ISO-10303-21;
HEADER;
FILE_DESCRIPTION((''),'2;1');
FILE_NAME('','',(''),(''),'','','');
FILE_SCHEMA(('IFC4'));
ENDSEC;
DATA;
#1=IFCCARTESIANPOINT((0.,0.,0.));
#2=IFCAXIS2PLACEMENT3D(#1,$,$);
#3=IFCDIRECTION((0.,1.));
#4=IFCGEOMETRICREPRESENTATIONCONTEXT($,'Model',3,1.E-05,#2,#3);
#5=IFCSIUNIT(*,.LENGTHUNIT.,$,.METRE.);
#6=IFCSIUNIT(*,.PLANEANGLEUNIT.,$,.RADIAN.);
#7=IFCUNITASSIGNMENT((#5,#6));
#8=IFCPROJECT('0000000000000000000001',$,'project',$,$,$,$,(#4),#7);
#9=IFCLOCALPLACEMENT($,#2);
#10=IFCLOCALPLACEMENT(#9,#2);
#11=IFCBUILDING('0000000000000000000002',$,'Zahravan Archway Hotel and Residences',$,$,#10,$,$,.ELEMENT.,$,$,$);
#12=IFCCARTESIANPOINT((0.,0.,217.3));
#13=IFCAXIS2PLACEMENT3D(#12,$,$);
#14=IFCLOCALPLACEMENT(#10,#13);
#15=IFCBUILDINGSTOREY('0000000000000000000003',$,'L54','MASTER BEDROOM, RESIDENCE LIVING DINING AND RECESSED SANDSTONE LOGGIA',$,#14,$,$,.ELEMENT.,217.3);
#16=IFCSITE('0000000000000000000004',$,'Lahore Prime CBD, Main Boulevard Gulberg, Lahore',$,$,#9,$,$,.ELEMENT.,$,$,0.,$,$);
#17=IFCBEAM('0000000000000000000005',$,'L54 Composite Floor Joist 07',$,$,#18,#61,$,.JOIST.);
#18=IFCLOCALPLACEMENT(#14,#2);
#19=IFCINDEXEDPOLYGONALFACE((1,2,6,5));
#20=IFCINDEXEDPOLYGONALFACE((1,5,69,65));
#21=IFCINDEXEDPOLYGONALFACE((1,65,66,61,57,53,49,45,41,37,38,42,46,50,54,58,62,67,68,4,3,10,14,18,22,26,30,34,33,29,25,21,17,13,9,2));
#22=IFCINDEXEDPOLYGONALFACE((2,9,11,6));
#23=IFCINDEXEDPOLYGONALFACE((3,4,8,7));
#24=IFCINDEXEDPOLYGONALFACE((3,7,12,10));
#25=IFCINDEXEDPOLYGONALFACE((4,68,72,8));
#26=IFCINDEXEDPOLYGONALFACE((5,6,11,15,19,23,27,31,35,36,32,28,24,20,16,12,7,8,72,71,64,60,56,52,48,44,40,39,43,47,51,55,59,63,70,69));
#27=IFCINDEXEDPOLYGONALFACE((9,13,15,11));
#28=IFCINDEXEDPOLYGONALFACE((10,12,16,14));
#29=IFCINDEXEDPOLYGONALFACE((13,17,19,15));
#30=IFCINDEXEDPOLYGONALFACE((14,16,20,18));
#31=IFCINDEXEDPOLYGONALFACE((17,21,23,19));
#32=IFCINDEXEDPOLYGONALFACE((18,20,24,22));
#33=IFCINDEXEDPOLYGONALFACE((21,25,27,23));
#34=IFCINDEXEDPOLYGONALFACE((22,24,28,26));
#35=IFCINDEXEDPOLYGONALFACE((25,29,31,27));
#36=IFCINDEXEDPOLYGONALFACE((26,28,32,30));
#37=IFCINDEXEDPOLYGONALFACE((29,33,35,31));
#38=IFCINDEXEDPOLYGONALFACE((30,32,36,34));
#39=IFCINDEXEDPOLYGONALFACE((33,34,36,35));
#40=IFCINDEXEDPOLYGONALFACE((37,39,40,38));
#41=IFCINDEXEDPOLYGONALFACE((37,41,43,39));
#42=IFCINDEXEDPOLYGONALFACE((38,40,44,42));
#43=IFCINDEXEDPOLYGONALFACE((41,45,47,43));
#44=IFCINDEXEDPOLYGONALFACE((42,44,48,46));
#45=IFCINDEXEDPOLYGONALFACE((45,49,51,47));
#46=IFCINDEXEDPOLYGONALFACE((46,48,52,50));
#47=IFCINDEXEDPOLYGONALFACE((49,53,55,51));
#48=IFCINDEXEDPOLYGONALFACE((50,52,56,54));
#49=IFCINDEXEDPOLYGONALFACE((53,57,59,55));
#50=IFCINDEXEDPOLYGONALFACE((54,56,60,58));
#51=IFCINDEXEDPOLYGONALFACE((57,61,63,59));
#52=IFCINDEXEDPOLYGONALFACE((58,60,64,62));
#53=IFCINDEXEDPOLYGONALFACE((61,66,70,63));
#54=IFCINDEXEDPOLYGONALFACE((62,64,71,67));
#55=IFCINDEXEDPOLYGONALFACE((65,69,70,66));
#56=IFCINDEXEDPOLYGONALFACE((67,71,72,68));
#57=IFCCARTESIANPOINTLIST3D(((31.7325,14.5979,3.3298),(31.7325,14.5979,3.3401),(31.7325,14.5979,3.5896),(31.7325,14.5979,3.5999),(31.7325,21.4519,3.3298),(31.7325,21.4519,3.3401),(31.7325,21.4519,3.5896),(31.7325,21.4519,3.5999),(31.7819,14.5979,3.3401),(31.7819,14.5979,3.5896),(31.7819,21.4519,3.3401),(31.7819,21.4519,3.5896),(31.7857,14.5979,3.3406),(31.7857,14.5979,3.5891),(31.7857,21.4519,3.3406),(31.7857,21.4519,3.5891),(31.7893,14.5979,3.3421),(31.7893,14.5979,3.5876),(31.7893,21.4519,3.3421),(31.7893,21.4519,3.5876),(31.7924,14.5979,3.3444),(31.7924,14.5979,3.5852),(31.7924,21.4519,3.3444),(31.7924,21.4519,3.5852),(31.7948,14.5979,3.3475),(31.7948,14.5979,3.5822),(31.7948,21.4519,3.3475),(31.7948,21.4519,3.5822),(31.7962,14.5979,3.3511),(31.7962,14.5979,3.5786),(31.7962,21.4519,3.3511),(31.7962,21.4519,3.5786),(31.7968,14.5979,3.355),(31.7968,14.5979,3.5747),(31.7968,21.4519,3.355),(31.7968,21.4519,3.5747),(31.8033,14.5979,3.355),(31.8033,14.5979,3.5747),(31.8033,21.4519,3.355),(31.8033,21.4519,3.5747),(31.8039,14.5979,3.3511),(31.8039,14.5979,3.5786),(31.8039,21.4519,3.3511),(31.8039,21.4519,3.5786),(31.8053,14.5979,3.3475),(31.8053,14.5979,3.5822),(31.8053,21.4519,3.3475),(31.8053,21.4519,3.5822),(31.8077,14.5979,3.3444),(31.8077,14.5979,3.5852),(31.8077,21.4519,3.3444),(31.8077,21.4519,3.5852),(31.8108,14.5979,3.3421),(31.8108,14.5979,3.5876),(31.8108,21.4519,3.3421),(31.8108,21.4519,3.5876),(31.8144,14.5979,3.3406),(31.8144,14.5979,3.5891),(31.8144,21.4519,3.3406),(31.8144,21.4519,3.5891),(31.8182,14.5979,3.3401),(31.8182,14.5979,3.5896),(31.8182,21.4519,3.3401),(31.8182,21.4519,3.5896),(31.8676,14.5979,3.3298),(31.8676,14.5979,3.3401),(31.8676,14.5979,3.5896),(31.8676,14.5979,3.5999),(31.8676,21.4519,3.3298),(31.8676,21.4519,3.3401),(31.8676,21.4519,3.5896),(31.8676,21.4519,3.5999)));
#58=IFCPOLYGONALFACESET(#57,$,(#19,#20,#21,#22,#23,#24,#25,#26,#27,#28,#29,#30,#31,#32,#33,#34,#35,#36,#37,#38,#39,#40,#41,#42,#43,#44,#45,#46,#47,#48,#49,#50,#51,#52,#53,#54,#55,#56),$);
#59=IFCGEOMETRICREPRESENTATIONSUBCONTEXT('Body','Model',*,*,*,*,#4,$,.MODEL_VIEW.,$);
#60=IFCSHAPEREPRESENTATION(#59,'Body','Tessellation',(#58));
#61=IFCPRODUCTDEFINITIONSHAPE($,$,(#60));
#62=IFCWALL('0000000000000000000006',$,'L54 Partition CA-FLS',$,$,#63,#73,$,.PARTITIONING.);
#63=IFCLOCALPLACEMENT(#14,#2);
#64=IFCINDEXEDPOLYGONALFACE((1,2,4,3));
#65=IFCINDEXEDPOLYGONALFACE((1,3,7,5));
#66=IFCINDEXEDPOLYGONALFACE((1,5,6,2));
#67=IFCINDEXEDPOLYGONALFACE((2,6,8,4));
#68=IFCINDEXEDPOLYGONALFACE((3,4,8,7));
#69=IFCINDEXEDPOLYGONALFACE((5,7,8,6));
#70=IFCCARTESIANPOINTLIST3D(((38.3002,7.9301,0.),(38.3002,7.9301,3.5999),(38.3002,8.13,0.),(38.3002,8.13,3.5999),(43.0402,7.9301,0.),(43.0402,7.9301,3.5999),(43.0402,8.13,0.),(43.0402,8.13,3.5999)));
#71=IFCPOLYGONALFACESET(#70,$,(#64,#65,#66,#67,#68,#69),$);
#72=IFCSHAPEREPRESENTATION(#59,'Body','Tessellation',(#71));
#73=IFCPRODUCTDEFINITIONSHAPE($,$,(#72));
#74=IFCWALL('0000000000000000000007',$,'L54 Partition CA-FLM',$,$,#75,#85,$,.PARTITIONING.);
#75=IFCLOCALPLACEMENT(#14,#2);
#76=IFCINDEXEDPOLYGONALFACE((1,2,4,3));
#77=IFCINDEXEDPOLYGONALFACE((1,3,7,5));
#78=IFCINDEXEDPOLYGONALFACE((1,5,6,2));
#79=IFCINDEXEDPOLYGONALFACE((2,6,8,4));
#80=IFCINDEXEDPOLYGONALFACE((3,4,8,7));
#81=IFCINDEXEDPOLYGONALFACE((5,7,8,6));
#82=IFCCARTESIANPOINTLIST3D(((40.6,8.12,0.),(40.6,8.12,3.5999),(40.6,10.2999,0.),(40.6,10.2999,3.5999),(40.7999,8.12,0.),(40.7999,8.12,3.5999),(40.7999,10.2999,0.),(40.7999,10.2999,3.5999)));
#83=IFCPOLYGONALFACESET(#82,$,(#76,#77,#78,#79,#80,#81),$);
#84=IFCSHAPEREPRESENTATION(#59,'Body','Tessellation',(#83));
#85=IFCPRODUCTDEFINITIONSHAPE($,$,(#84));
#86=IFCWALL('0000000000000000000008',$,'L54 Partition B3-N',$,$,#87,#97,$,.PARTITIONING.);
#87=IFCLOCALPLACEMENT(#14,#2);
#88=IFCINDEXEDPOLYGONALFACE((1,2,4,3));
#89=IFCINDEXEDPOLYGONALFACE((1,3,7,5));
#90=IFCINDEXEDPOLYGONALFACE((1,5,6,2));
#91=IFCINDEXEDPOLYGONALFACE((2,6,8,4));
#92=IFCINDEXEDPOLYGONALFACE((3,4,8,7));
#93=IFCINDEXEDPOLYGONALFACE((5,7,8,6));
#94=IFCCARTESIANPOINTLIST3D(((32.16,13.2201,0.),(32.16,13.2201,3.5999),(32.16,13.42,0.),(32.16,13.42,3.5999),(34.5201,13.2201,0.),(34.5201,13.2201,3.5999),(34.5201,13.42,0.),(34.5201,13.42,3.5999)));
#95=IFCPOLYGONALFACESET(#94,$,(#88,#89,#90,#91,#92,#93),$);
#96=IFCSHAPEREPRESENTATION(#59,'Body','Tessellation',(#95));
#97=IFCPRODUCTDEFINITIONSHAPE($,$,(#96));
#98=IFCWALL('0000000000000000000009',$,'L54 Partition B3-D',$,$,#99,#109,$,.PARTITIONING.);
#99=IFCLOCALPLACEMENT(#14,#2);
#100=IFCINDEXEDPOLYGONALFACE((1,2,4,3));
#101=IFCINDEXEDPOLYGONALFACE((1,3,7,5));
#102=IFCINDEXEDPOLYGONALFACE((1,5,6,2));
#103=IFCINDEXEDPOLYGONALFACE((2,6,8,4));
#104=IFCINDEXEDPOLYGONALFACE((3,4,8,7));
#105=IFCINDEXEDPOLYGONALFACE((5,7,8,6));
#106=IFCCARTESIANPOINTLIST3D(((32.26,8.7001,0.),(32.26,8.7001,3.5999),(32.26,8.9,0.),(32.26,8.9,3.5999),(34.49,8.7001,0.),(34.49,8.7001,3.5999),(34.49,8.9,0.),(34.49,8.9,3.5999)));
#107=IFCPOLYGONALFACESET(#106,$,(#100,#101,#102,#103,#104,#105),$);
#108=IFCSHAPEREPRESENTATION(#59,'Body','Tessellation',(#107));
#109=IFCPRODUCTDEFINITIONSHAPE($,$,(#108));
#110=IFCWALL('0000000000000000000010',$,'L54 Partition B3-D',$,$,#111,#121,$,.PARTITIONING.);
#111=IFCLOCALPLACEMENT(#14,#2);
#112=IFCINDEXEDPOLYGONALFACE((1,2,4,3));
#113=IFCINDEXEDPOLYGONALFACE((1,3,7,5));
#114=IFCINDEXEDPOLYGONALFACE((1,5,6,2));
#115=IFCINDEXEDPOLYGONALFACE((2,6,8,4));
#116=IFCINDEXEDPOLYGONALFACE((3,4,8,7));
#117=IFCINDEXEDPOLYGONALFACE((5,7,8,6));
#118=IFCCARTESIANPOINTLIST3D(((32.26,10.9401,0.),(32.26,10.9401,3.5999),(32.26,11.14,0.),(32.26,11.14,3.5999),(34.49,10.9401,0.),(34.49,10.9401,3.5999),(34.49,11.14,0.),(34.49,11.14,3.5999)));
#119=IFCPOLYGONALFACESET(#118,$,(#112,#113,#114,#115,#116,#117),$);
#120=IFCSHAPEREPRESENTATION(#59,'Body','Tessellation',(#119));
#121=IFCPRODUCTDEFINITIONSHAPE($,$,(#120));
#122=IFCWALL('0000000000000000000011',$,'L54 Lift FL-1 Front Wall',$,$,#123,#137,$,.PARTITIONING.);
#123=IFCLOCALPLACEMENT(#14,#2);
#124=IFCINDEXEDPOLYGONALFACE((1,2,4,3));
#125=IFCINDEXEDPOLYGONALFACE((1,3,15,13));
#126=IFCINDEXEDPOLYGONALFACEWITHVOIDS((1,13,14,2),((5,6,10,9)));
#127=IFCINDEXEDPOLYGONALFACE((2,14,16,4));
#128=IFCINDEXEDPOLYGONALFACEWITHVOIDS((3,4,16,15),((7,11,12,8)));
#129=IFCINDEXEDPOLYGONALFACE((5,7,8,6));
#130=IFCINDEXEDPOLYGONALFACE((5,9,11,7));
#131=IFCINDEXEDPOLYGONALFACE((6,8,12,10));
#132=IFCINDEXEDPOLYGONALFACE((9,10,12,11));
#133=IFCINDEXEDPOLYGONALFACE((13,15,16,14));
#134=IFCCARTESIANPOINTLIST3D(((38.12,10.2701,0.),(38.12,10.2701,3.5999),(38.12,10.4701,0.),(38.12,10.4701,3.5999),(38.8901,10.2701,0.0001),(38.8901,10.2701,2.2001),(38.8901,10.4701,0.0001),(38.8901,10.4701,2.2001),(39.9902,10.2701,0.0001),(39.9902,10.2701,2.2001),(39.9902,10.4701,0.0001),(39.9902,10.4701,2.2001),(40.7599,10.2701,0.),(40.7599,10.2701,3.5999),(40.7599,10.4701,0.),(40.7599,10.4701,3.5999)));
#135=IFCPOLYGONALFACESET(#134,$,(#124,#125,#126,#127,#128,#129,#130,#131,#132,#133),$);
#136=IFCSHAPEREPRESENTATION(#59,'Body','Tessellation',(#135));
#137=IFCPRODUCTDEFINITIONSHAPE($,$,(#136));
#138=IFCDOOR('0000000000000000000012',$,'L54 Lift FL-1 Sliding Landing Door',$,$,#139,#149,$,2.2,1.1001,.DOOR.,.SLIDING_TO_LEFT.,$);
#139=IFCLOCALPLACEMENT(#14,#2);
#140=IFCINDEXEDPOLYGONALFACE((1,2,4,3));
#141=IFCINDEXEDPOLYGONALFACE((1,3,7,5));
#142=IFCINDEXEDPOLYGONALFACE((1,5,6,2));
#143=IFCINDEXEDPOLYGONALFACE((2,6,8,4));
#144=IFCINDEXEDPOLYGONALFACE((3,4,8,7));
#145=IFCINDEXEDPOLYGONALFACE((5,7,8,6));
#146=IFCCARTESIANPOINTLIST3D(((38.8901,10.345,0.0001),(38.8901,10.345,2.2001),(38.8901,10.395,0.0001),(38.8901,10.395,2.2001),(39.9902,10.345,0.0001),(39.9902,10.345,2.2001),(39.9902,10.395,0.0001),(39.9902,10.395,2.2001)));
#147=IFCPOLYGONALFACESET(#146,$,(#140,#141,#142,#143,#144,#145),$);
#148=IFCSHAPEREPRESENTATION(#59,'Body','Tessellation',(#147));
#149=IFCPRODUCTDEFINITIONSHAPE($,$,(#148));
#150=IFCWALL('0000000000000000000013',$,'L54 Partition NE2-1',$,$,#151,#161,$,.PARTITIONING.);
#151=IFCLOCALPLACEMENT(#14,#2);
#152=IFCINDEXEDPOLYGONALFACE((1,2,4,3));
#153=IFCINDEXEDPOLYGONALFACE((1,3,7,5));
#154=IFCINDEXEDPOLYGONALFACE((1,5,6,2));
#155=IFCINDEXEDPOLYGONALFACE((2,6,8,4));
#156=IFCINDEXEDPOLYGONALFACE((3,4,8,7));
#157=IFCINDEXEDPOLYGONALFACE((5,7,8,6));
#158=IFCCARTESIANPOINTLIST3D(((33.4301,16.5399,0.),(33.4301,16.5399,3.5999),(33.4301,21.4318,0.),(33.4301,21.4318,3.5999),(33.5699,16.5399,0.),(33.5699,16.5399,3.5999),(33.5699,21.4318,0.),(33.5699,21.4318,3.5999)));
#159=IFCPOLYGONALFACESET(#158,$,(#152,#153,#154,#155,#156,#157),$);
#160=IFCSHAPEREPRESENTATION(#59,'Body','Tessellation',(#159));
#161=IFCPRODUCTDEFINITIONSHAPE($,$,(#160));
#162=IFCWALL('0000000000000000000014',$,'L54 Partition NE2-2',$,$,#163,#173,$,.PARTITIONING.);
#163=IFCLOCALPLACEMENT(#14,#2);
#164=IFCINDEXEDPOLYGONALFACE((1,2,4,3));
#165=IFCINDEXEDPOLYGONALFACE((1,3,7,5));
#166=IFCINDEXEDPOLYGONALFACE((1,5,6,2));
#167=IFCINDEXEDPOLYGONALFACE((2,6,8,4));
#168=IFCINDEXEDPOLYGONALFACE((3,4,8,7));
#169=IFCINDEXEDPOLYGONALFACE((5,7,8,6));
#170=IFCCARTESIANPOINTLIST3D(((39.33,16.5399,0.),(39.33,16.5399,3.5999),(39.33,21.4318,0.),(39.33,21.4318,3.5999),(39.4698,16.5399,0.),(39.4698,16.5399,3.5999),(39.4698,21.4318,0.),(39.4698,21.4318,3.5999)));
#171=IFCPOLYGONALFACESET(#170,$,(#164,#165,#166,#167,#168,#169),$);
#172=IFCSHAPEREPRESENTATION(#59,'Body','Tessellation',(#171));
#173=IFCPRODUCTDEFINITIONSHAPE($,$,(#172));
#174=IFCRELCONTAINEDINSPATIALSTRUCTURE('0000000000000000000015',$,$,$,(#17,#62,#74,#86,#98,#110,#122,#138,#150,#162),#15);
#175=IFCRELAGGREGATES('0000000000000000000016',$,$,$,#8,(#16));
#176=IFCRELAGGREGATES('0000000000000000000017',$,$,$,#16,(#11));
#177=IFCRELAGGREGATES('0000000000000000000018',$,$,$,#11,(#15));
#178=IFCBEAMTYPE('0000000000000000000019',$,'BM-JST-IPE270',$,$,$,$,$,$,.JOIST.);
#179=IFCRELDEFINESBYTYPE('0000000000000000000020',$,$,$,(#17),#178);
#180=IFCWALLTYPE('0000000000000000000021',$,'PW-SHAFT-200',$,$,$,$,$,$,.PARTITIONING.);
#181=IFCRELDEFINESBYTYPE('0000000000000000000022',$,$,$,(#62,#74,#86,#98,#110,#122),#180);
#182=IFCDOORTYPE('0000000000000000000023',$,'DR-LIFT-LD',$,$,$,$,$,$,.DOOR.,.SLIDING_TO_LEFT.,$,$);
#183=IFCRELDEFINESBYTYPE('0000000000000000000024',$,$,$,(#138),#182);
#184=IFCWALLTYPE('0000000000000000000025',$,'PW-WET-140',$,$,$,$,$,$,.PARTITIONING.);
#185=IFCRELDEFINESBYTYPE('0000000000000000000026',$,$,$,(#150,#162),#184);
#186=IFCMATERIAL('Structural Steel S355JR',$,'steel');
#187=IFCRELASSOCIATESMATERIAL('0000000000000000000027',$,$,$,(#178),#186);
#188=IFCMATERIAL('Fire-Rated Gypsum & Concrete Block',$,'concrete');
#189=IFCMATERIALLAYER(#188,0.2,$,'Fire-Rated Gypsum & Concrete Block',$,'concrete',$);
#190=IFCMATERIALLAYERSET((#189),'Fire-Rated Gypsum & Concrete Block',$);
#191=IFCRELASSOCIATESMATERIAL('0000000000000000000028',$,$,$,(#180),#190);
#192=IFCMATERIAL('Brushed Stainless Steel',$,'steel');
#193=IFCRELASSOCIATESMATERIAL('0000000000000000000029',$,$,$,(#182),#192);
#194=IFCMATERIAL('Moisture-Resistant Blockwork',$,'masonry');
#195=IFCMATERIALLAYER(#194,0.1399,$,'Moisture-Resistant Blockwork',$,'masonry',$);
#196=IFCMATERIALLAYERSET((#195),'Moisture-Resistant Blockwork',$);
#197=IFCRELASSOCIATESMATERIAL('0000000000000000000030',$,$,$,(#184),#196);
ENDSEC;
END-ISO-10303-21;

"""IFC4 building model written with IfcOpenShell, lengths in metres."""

from ifc_helpers import new_model, si_unit, direction, frame, frame_2d, origin, origin_2d, place, context, subcontext, project, spatial, rectangle, i_section, extrude, source, transform, mapped, material, layer, layer_set, material_profile, profile_set, type_object, type_shapes, element, fill, save


model = new_model("IFC4")

# Units and contexts
model_context = context("Model", 3, precision=1e-05, world=origin(), true_north=direction((0.0, 1.0)))
body_context = subcontext(model_context, "Body", "Model", "MODEL_VIEW")
ifc_project = project(units=[si_unit("LENGTHUNIT", "METRE"), si_unit("PLANEANGLEUNIT", "RADIAN")], contexts=[model_context])

# Site, building, storey
site_placement = place(None, origin())
site = spatial("IfcSite", under=ifc_project, at=site_placement, Name="Lahore Prime CBD, Main Boulevard Gulberg, Lahore", CompositionType="ELEMENT", RefElevation=0.0)
building_placement = place(site_placement, origin())
building = spatial("IfcBuilding", under=site, at=building_placement, Name="Zahravan Archway Hotel and Residences", CompositionType="ELEMENT")
storey_placement = place(building_placement, frame((0.0, 0.0, 217.3)))
storey = spatial("IfcBuildingStorey", under=building, at=storey_placement, Name="L54", Description="MASTER BEDROOM, RESIDENCE LIVING DINING AND RECESSED SANDSTONE LOGGIA", CompositionType="ELEMENT", Elevation=217.3)

# Beam
ifc_material_1 = material(Name="Structural Steel S355JR", Category="steel")
ifc_material_profile_1 = material_profile(ifc_material_1, i_section(OverallWidth=0.135, OverallDepth=0.27, WebThickness=0.0066, FlangeThickness=0.0103, FilletRadius=0.0149, at=origin_2d()), Name="IPE 270", Category="steel")
ifc_profile_set_1 = profile_set([ifc_material_profile_1], Name="Structural Steel S355JR")
beam_type_1 = type_object("IfcBeamType", Name="BM-JST-IPE270", PredefinedType="JOIST", material=ifc_profile_set_1)
shared_shape_1 = source(origin(), body_context, "Body", "SweptSolid", [
    extrude(i_section(OverallWidth=0.135, OverallDepth=0.27, WebThickness=0.0066, FlangeThickness=0.0103, FilletRadius=0.0149, at=origin_2d()), origin(), (0.0, 0.0, 1.0), 6.854),
])
for number, where, z_axis, x_axis, name in (
    (1, (31.8, 14.5979, 3.4648), (0.0, 1.0, 0.0), (-1.0, 0.0, 0.0), "L54 Composite Floor Joist 07"),
):
    element("IfcBeam", number, at=place(storey_placement, frame(where, z_axis=z_axis, x_axis=x_axis)), inside=storey, type_object=beam_type_1, Name=name, PredefinedType="JOIST", context=body_context, shape_type="MappedRepresentation", body=[
        mapped(shared_shape_1, transform((0.0, 0.0, 0.0), scale=1.0)),
    ])

# Shared definitions
ifc_material_2 = material(Name="Fire-Rated Gypsum & Concrete Block", Category="concrete")

# Walls
ifc_layer_1 = layer(ifc_material_2, 0.2, Name="Fire-Rated Gypsum & Concrete Block", Category="concrete")
ifc_layer_set_1 = layer_set([ifc_layer_1], Name="Fire-Rated Gypsum & Concrete Block")
wall_type_1 = type_object("IfcWallType", Name="PW-SHAFT-200", PredefinedType="PARTITIONING", material=ifc_layer_set_1)
wall_1_placement = place(storey_placement, frame((38.3, 8.03, 0.0), z_axis=(0.0, 0.0, 1.0), x_axis=(1.0, 0.0, 0.0)))
element("IfcWall", 2, at=wall_1_placement, inside=storey, type_object=wall_type_1, Name="L54 Partition CA-FLS", PredefinedType="PARTITIONING", context=body_context, shape_type="SweptSolid", body=[
    extrude(rectangle(XDim=4.74, YDim=0.2, at=frame_2d((2.3701, 0.0))), origin(), (0.0, 0.0, 1.0), 3.5999),
])
wall_2_placement = place(storey_placement, frame((40.7, 8.1201, 0.0), z_axis=(0.0, 0.0, 1.0), x_axis=(0.0, 1.0, 0.0)))
element("IfcWall", 3, at=wall_2_placement, inside=storey, type_object=wall_type_1, Name="L54 Partition CA-FLM", PredefinedType="PARTITIONING", context=body_context, shape_type="SweptSolid", body=[
    extrude(rectangle(XDim=2.1799, YDim=0.2, at=frame_2d((1.0898, 0.0))), origin(), (0.0, 0.0, 1.0), 3.5999),
])
wall_3_placement = place(storey_placement, frame((32.1599, 13.3201, 0.0), z_axis=(0.0, 0.0, 1.0), x_axis=(1.0, 0.0, 0.0)))
element("IfcWall", 4, at=wall_3_placement, inside=storey, type_object=wall_type_1, Name="L54 Partition B3-N", PredefinedType="PARTITIONING", context=body_context, shape_type="SweptSolid", body=[
    extrude(rectangle(XDim=2.3601, YDim=0.2, at=frame_2d((1.1802, 0.0))), origin(), (0.0, 0.0, 1.0), 3.5999),
])
for number, where, z_axis, x_axis, name in (
    (5, (32.26, 8.8, 0.0), (0.0, 0.0, 1.0), (1.0, 0.0, 0.0), "L54 Partition B3-D"),
    (6, (32.26, 11.04, 0.0), (0.0, 0.0, 1.0), (1.0, 0.0, 0.0), "L54 Partition B3-D"),
):
    element("IfcWall", number, at=place(storey_placement, frame(where, z_axis=z_axis, x_axis=x_axis)), inside=storey, type_object=wall_type_1, Name=name, PredefinedType="PARTITIONING", context=body_context, shape_type="SweptSolid", body=[
        extrude(rectangle(XDim=2.23, YDim=0.2, at=frame_2d((1.115, 0.0))), origin(), (0.0, 0.0, 1.0), 3.5999),
    ])

# Wall, opening, door
wall_4_placement = place(storey_placement, frame((38.1201, 10.3701, 0.0), z_axis=(0.0, 0.0, 1.0), x_axis=(1.0, 0.0, 0.0)))
wall_4 = element("IfcWall", 7, at=wall_4_placement, inside=storey, type_object=wall_type_1, Name="L54 Lift FL-1 Front Wall", PredefinedType="PARTITIONING", context=body_context, shape_type="SweptSolid", body=[
    extrude(rectangle(XDim=2.6399, YDim=0.2, at=frame_2d((1.3198, 0.0))), origin(), (0.0, 0.0, 1.0), 3.5999),
])
opening_1_placement = place(wall_4_placement, frame((0.77, 0.0, 0.0)))
opening_1 = element("IfcOpeningElement", 8, at=opening_1_placement, cuts=wall_4, PredefinedType="OPENING", context=body_context, shape_type="SweptSolid", body=[
    extrude(rectangle(XDim=1.1001, YDim=2.2, at=frame_2d((0.55, 1.1001))), frame((0.0, 0.1099, 0.0), z_axis=(0.0, -1.0, 0.0), x_axis=(1.0, 0.0, 0.0)), (0.0, 0.0, 1.0), 0.22),
])
ifc_material_3 = material(Name="Brushed Stainless Steel", Category="steel")
door_type_1 = type_object("IfcDoorType", Name="DR-LIFT-LD", OperationType="SLIDING_TO_LEFT", PredefinedType="DOOR", material=ifc_material_3)
shared_shape_2 = source(origin(), body_context, "Body", "SweptSolid", [
    extrude(rectangle(XDim=1.1001, YDim=2.2, at=frame_2d((0.55, 1.1001))), frame((0.0, 0.0249, 0.0), z_axis=(0.0, -1.0, 0.0), x_axis=(1.0, 0.0, 0.0)), (0.0, 0.0, 1.0), 0.05),
])
type_shapes(door_type_1, [shared_shape_2])
door_1_placement = place(opening_1_placement, origin())
door_1 = element("IfcDoor", 9, at=door_1_placement, inside=storey, type_object=door_type_1, Name="L54 Lift FL-1 Sliding Landing Door", OperationType="SLIDING_TO_LEFT", OverallHeight=2.2, OverallWidth=1.1001, PredefinedType="DOOR", context=body_context, shape_type="MappedRepresentation", body=[
    mapped(shared_shape_2, transform((0.0, 0.0, 0.0), scale=1.0)),
])
fill(opening_1, door_1)

# Walls
ifc_material_4 = material(Name="Moisture-Resistant Blockwork", Category="masonry")
ifc_layer_2 = layer(ifc_material_4, 0.1399, Name="Moisture-Resistant Blockwork", Category="masonry")
ifc_layer_set_2 = layer_set([ifc_layer_2], Name="Moisture-Resistant Blockwork")
wall_type_2 = type_object("IfcWallType", Name="PW-WET-140", PredefinedType="PARTITIONING", material=ifc_layer_set_2)
for number, where, z_axis, x_axis, name in (
    (10, (33.5, 16.54, 0.0), (0.0, 0.0, 1.0), (0.0, 1.0, 0.0), "L54 Partition NE2-1"),
    (11, (39.3999, 16.54, 0.0), (0.0, 0.0, 1.0), (0.0, 1.0, 0.0), "L54 Partition NE2-2"),
):
    element("IfcWall", number, at=place(storey_placement, frame(where, z_axis=z_axis, x_axis=x_axis)), inside=storey, type_object=wall_type_2, Name=name, PredefinedType="PARTITIONING", context=body_context, shape_type="SweptSolid", body=[
        extrude(rectangle(XDim=4.8918, YDim=0.1399, at=frame_2d((2.4458, 0.0))), origin(), (0.0, 0.0, 1.0), 3.5999),
    ])

save(model, "model.ifc")
